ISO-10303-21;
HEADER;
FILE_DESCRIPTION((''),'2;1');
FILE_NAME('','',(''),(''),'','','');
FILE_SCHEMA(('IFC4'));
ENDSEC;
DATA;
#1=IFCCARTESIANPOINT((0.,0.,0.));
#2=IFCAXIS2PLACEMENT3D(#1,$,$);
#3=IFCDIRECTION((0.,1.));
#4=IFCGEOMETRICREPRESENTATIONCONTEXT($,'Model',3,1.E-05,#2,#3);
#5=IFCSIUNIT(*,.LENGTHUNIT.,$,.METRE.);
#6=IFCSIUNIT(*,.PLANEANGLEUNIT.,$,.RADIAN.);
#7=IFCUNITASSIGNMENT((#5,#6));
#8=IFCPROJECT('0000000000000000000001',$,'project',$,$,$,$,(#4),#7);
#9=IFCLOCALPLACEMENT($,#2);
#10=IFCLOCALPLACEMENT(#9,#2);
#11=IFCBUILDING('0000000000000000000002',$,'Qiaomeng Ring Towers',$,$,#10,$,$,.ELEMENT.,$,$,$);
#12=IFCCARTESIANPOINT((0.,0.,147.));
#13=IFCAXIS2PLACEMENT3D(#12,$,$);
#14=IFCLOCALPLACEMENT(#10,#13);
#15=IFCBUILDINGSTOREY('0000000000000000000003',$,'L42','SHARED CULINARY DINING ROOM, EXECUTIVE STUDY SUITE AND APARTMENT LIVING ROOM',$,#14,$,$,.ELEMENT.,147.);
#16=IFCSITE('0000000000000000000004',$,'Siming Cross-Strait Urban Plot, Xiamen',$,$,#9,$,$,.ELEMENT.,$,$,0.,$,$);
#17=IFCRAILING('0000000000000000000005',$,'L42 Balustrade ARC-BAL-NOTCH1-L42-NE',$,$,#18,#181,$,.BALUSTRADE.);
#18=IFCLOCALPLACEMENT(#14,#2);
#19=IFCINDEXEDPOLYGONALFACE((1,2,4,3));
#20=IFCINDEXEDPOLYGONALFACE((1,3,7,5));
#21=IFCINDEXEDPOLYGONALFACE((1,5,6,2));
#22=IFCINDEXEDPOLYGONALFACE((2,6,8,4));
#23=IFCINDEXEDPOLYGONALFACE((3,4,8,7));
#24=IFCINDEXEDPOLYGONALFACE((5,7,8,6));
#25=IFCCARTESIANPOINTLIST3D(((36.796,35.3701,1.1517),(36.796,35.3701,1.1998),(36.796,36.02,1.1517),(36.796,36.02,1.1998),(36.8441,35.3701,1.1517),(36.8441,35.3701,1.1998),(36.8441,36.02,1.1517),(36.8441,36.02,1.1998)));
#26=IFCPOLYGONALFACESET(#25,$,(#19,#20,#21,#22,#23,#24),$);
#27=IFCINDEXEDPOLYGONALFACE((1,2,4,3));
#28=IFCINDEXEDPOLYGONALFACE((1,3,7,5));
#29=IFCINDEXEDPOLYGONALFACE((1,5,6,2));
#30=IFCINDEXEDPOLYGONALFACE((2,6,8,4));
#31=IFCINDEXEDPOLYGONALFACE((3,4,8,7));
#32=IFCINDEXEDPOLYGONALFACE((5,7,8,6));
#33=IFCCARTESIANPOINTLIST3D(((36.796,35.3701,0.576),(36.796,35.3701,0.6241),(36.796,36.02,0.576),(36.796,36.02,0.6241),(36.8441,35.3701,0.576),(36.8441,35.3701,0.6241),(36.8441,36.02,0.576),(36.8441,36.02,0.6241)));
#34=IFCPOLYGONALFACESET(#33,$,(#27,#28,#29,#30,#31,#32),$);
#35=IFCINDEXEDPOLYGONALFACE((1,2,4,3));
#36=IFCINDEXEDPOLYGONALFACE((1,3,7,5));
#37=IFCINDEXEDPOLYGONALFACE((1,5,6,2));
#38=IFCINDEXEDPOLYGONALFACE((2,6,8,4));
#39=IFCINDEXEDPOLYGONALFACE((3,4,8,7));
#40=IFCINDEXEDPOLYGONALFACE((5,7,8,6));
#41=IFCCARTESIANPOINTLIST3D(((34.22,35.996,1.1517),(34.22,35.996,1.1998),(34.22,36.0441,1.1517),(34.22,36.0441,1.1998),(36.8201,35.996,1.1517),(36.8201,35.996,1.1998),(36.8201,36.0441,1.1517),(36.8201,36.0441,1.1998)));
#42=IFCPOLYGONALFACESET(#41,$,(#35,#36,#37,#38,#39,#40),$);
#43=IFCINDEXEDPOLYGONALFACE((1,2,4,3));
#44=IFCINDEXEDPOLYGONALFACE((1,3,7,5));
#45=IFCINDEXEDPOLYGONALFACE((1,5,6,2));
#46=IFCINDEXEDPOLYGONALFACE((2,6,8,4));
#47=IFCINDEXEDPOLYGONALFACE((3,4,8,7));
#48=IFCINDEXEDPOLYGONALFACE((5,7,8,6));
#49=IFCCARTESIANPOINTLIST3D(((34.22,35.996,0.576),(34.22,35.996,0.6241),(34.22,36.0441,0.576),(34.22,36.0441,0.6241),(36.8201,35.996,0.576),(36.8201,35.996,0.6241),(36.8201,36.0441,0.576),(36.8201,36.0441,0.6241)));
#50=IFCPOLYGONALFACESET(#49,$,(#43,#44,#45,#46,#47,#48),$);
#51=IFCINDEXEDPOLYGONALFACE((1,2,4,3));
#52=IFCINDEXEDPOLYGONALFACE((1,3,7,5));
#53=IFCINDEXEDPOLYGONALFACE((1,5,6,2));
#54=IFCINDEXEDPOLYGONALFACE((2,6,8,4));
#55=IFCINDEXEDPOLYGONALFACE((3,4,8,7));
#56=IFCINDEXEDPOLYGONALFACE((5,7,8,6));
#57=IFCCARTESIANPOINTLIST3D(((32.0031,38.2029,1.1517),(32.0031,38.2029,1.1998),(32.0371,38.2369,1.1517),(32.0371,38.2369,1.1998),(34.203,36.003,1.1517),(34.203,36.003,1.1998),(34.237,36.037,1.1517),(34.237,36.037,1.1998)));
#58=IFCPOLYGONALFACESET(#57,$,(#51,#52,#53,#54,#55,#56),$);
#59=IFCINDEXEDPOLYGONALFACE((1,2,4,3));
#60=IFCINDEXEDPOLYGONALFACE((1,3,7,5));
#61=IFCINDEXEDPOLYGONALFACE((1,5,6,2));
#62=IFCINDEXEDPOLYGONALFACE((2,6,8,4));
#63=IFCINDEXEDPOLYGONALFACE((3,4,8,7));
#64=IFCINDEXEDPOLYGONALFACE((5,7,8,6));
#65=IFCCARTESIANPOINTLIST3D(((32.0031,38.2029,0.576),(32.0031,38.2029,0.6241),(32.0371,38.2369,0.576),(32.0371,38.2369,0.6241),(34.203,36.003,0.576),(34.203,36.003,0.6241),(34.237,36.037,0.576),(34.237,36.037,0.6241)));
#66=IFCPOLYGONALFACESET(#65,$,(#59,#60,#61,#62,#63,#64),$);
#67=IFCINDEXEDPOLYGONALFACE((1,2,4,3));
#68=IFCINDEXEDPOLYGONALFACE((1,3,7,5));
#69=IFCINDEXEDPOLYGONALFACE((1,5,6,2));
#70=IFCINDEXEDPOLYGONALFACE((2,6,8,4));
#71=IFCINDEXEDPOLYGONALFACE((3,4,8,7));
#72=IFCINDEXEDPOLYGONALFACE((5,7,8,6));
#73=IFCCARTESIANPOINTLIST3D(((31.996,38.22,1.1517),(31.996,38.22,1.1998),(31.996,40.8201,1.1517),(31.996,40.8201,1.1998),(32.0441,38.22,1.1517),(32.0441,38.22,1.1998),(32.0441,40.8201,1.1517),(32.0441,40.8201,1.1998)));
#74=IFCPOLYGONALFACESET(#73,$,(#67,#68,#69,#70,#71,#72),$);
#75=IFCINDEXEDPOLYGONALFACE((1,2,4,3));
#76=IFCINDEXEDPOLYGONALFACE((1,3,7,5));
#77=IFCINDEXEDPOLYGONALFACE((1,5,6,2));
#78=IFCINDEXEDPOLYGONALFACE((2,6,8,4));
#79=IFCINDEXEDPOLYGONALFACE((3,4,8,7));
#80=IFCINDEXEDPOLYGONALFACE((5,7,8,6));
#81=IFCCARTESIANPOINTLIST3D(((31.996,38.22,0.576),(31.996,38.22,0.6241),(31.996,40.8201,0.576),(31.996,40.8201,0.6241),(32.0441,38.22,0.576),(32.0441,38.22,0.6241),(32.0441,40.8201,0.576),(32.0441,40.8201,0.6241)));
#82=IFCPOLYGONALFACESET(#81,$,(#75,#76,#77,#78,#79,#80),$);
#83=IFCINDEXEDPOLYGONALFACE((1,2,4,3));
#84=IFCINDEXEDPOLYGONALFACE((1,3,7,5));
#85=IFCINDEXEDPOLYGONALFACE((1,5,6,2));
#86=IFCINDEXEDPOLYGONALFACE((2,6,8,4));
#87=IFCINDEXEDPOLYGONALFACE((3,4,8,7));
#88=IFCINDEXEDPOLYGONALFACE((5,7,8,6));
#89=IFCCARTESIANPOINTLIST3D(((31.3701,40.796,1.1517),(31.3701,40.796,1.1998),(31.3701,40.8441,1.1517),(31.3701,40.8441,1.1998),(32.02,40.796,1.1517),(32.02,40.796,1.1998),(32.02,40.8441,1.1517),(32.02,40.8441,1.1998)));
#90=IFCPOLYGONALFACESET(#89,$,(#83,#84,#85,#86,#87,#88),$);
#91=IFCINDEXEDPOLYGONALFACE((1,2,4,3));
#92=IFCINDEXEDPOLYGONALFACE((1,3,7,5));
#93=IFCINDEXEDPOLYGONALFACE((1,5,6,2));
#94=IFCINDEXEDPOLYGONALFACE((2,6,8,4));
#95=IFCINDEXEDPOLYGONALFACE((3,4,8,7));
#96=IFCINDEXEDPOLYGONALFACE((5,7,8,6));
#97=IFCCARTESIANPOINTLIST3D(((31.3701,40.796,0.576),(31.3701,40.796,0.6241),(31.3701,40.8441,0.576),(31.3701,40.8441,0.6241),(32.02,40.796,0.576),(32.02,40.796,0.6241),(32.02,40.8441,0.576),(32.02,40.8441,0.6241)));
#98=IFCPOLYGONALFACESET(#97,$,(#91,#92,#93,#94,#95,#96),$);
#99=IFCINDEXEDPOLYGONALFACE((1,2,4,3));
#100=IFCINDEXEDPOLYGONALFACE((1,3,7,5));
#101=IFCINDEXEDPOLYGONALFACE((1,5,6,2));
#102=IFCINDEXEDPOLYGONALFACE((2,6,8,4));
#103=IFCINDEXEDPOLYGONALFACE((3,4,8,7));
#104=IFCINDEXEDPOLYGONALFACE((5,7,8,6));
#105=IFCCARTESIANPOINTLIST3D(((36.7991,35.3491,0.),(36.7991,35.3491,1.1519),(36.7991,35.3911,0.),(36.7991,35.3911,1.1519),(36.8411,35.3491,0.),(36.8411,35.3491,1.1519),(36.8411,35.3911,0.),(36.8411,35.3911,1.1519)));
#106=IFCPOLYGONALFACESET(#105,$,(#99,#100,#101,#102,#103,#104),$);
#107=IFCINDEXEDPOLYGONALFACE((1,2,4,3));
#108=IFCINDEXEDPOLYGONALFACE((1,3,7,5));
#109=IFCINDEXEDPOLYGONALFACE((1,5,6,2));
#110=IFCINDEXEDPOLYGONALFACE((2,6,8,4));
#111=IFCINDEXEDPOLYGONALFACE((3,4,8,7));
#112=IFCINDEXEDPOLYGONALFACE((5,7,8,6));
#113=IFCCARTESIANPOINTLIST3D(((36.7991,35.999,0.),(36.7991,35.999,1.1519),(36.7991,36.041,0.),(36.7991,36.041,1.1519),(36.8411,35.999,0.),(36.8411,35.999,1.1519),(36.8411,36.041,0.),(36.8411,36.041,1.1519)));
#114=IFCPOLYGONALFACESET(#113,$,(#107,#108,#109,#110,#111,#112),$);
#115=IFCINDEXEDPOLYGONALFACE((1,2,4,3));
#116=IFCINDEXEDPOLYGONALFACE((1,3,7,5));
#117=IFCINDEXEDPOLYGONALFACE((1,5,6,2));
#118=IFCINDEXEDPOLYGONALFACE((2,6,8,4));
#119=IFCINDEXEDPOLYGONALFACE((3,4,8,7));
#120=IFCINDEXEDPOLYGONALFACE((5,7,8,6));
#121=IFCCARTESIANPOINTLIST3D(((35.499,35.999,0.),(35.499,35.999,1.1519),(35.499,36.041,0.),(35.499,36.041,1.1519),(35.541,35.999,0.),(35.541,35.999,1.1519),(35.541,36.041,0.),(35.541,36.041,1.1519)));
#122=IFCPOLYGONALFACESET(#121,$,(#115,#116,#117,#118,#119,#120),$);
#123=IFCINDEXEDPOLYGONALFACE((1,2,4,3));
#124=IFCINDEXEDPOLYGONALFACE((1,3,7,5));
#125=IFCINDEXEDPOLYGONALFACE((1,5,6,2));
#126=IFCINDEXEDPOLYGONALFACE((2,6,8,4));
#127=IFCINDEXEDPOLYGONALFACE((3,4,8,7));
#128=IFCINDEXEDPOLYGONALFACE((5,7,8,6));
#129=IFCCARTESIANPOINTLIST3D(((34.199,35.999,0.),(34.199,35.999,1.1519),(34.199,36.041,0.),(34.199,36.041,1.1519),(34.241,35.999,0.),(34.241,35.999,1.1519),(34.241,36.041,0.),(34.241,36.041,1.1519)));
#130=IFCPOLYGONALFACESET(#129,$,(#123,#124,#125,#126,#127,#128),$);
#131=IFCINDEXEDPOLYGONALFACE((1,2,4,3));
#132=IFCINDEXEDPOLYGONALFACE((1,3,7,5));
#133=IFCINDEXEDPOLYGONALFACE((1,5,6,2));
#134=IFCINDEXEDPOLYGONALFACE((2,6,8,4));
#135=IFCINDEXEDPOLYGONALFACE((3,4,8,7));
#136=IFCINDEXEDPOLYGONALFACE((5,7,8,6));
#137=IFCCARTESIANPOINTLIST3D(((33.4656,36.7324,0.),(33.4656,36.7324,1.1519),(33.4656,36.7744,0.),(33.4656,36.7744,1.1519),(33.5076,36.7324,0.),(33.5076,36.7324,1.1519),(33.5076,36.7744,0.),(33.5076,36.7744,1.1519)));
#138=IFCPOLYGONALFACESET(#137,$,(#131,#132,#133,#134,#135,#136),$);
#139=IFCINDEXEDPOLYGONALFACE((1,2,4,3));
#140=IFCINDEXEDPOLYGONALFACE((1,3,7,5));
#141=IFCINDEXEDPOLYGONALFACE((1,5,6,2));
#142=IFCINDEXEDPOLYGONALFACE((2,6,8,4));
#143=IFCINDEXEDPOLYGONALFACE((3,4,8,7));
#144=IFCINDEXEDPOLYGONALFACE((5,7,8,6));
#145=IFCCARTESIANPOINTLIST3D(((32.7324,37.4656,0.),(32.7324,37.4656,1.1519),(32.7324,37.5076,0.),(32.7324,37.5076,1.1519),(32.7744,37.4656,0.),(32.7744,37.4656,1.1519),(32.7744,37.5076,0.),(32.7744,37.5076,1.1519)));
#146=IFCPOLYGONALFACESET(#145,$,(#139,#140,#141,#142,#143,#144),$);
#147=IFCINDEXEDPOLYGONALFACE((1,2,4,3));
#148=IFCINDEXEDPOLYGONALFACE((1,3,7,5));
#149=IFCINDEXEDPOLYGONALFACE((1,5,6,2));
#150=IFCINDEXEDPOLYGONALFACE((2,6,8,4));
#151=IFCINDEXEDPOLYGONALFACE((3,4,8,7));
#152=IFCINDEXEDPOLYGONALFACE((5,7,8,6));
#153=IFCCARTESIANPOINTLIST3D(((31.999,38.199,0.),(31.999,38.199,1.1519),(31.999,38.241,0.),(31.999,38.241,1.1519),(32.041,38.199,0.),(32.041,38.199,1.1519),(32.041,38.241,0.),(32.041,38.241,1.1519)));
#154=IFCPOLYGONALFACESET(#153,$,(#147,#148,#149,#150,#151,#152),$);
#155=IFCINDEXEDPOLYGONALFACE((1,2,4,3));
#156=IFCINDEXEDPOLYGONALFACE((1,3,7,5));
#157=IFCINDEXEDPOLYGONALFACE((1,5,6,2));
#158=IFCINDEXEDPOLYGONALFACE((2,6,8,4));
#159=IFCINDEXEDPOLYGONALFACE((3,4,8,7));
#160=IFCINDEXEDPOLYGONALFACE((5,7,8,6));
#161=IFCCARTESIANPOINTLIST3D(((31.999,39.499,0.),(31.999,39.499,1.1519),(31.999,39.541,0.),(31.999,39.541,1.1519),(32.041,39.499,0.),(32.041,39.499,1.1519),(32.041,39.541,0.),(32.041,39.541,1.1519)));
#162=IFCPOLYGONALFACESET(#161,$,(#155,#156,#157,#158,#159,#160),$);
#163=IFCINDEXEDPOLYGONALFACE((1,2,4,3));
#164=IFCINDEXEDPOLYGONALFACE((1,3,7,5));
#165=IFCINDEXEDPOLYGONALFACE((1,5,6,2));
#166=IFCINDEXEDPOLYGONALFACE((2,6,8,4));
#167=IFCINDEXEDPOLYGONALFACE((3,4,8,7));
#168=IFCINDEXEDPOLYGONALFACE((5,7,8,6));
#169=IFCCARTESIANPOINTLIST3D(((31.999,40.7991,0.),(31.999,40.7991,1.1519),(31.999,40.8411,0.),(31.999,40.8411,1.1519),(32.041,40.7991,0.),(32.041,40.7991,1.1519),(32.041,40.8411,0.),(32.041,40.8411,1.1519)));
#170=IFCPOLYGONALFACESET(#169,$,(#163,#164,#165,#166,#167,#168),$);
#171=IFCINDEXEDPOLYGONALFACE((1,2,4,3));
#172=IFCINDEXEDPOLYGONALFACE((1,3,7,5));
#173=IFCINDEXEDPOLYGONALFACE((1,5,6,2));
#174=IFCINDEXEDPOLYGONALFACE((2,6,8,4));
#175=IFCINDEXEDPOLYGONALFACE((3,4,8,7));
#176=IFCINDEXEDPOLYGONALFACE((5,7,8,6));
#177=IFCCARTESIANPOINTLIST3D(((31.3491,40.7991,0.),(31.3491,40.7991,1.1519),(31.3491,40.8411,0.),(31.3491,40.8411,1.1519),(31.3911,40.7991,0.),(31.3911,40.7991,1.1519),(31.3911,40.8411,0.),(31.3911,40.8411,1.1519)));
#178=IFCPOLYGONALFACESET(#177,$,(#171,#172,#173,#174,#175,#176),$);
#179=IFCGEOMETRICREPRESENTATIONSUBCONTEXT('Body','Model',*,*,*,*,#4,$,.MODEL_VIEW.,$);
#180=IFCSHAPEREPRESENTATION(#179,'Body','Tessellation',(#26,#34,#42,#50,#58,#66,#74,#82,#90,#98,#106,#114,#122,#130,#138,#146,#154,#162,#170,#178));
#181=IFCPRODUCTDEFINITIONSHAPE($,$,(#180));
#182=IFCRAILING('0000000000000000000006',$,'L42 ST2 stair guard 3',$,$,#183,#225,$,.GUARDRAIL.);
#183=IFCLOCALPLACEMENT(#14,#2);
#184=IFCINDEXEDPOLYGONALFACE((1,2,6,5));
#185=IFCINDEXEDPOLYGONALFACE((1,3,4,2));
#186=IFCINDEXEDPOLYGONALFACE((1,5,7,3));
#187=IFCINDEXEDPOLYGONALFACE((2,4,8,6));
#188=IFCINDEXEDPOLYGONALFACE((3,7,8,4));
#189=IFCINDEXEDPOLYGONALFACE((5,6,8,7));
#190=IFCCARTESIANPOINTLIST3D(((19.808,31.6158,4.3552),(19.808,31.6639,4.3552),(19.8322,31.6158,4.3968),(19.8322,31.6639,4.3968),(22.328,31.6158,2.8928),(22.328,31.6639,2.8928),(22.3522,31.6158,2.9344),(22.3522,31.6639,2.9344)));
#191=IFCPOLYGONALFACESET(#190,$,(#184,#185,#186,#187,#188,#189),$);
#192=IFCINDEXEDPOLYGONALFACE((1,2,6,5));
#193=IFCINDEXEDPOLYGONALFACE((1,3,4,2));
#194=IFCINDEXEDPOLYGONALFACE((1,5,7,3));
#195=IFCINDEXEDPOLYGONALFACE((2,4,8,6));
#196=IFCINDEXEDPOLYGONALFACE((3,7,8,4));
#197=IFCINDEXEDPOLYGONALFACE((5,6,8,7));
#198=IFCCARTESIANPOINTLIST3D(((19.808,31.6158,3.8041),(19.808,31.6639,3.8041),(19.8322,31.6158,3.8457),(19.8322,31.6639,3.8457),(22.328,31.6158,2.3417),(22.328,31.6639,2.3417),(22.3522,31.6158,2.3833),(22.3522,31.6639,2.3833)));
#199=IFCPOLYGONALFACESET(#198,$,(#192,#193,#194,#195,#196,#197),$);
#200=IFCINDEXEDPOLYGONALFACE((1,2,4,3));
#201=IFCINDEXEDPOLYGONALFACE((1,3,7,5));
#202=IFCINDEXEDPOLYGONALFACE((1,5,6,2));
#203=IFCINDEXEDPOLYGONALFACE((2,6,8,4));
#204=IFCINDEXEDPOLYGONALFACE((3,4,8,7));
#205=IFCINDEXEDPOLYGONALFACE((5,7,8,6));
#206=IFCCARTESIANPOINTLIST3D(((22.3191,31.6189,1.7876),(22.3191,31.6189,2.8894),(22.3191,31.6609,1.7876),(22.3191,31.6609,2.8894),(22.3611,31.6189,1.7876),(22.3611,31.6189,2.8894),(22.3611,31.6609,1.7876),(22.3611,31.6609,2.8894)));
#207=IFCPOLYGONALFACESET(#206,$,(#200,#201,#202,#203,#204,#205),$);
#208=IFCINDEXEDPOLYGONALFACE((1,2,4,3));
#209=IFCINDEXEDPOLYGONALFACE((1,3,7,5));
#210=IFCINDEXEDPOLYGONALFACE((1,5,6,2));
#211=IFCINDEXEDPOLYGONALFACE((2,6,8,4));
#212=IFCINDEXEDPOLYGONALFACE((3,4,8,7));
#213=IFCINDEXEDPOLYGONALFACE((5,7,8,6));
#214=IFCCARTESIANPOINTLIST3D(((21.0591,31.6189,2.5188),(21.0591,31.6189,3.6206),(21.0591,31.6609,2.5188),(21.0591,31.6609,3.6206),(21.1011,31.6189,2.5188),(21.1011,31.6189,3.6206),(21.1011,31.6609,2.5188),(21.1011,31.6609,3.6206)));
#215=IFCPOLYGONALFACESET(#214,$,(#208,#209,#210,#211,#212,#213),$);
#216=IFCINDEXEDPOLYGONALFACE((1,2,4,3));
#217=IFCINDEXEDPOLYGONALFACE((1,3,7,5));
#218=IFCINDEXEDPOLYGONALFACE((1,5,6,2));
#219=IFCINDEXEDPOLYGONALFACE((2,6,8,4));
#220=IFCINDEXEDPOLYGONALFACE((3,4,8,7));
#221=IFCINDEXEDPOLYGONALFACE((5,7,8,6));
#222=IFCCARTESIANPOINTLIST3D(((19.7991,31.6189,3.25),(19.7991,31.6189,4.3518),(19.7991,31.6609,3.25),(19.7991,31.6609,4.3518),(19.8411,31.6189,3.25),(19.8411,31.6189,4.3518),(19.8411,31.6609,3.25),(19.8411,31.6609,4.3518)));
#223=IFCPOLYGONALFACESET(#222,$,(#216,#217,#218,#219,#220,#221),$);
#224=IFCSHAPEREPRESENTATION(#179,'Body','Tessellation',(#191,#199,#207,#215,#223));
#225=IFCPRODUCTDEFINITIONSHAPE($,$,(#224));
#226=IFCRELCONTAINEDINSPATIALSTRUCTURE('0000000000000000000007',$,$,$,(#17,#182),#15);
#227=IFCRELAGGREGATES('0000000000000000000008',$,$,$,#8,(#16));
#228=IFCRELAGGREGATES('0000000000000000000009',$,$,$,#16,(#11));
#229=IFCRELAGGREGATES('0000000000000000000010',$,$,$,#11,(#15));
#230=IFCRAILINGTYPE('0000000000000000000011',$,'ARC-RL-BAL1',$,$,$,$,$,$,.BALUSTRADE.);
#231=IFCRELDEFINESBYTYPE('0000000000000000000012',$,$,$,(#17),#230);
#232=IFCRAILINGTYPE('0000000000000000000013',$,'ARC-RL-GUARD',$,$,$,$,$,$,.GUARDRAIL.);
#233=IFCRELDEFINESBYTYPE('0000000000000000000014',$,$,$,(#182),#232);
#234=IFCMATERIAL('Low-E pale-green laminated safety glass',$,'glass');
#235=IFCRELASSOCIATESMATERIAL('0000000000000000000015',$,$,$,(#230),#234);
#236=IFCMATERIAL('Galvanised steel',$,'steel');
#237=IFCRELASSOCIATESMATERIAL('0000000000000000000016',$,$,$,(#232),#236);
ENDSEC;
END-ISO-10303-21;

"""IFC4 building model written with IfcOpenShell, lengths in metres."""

from ifc_helpers import new_model, si_unit, direction, frame, origin, origin_2d, place, context, subcontext, project, spatial, rectangle, extrude, material, type_object, element, save


model = new_model("IFC4")

# Units and contexts
model_context = context("Model", 3, precision=1e-05, world=origin(), true_north=direction((0.0, 1.0)))
body_context = subcontext(model_context, "Body", "Model", "MODEL_VIEW")
ifc_project = project(units=[si_unit("LENGTHUNIT", "METRE"), si_unit("PLANEANGLEUNIT", "RADIAN")], contexts=[model_context])

# Site, building, storey
site_placement = place(None, origin())
site = spatial("IfcSite", under=ifc_project, at=site_placement, Name="Siming Cross-Strait Urban Plot, Xiamen", CompositionType="ELEMENT", RefElevation=0.0)
building_placement = place(site_placement, origin())
building = spatial("IfcBuilding", under=site, at=building_placement, Name="Qiaomeng Ring Towers", CompositionType="ELEMENT")
storey_placement = place(building_placement, frame((0.0, 0.0, 147.0)))
storey = spatial("IfcBuildingStorey", under=building, at=storey_placement, Name="L42", Description="SHARED CULINARY DINING ROOM, EXECUTIVE STUDY SUITE AND APARTMENT LIVING ROOM", CompositionType="ELEMENT", Elevation=147.0)

# Shared definitions
ifc_material_1 = material(Name="Galvanised steel", Category="steel")

# Railings
ifc_material_2 = material(Name="Low-E pale-green laminated safety glass", Category="glass")
railing_type_1 = type_object("IfcRailingType", Name="ARC-RL-BAL1", PredefinedType="BALUSTRADE", material=ifc_material_2)
railing_1_placement = place(storey_placement, frame((36.8201, 35.3701, 0.0)))
element("IfcRailing", 1, at=railing_1_placement, inside=storey, type_object=railing_type_1, Name="L42 Balustrade ARC-BAL-NOTCH1-L42-NE", PredefinedType="BALUSTRADE", context=body_context, shape_type="SweptSolid", body=[
    extrude(rectangle(XDim=0.0481, YDim=0.0481, at=origin_2d()), frame((0.0, 0.0, 1.1758), z_axis=(0.0, 1.0, 0.0), x_axis=(-1.0, 0.0, 0.0)), (0.0, 0.0, 1.0), 0.6499),
    extrude(rectangle(XDim=0.0481, YDim=0.0481, at=origin_2d()), frame((0.0, 0.0, 0.6001), z_axis=(0.0, 1.0, 0.0), x_axis=(-1.0, 0.0, 0.0)), (0.0, 0.0, 1.0), 0.6499),
    extrude(rectangle(XDim=0.0481, YDim=0.0481, at=origin_2d()), frame((0.0, 0.6499, 1.1758), z_axis=(-1.0, 0.0, 0.0), x_axis=(0.0, -1.0, 0.0)), (0.0, 0.0, 1.0), 2.6001),
    extrude(rectangle(XDim=0.0481, YDim=0.0481, at=origin_2d()), frame((0.0, 0.6499, 0.6001), z_axis=(-1.0, 0.0, 0.0), x_axis=(0.0, -1.0, 0.0)), (0.0, 0.0, 1.0), 2.6001),
    extrude(rectangle(XDim=0.0481, YDim=0.0481, at=origin_2d()), frame((-2.6001, 0.6499, 1.1758), z_axis=(-0.707107, 0.707107, 0.0), x_axis=(-0.707107, -0.707107, 0.0)), (0.0, 0.0, 1.0), 3.1111),
    extrude(rectangle(XDim=0.0481, YDim=0.0481, at=origin_2d()), frame((-2.6001, 0.6499, 0.6001), z_axis=(-0.707107, 0.707107, 0.0), x_axis=(-0.707107, -0.707107, 0.0)), (0.0, 0.0, 1.0), 3.1111),
    extrude(rectangle(XDim=0.0481, YDim=0.0481, at=origin_2d()), frame((-4.8, 2.8499, 1.1758), z_axis=(0.0, 1.0, 0.0), x_axis=(-1.0, 0.0, 0.0)), (0.0, 0.0, 1.0), 2.6001),
    extrude(rectangle(XDim=0.0481, YDim=0.0481, at=origin_2d()), frame((-4.8, 2.8499, 0.6001), z_axis=(0.0, 1.0, 0.0), x_axis=(-1.0, 0.0, 0.0)), (0.0, 0.0, 1.0), 2.6001),
    extrude(rectangle(XDim=0.0481, YDim=0.0481, at=origin_2d()), frame((-4.8, 5.45, 1.1758), z_axis=(-1.0, 0.0, 0.0), x_axis=(0.0, -1.0, 0.0)), (0.0, 0.0, 1.0), 0.6499),
    extrude(rectangle(XDim=0.0481, YDim=0.0481, at=origin_2d()), frame((-4.8, 5.45, 0.6001), z_axis=(-1.0, 0.0, 0.0), x_axis=(0.0, -1.0, 0.0)), (0.0, 0.0, 1.0), 0.6499),
    extrude(rectangle(XDim=0.042, YDim=0.042, at=origin_2d()), origin(), (0.0, 0.0, 1.0), 1.1519),
    extrude(rectangle(XDim=0.042, YDim=0.042, at=origin_2d()), frame((0.0, 0.6499, 0.0)), (0.0, 0.0, 1.0), 1.1519),
    extrude(rectangle(XDim=0.042, YDim=0.042, at=origin_2d()), frame((-1.3, 0.6499, 0.0)), (0.0, 0.0, 1.0), 1.1519),
    extrude(rectangle(XDim=0.042, YDim=0.042, at=origin_2d()), frame((-2.6001, 0.6499, 0.0)), (0.0, 0.0, 1.0), 1.1519),
    extrude(rectangle(XDim=0.042, YDim=0.042, at=origin_2d()), frame((-3.3335, 1.3833, 0.0)), (0.0, 0.0, 1.0), 1.1519),
    extrude(rectangle(XDim=0.042, YDim=0.042, at=origin_2d()), frame((-4.0667, 2.1165, 0.0)), (0.0, 0.0, 1.0), 1.1519),
    extrude(rectangle(XDim=0.042, YDim=0.042, at=origin_2d()), frame((-4.8, 2.8499, 0.0)), (0.0, 0.0, 1.0), 1.1519),
    extrude(rectangle(XDim=0.042, YDim=0.042, at=origin_2d()), frame((-4.8, 4.1499, 0.0)), (0.0, 0.0, 1.0), 1.1519),
    extrude(rectangle(XDim=0.042, YDim=0.042, at=origin_2d()), frame((-4.8, 5.45, 0.0)), (0.0, 0.0, 1.0), 1.1519),
    extrude(rectangle(XDim=0.042, YDim=0.042, at=origin_2d()), frame((-5.45, 5.45, 0.0)), (0.0, 0.0, 1.0), 1.1519),
])
railing_type_2 = type_object("IfcRailingType", Name="ARC-RL-GUARD", PredefinedType="GUARDRAIL", material=ifc_material_1)
railing_2_placement = place(storey_placement, frame((22.3401, 31.6399, 1.7876)))
element("IfcRailing", 2, at=railing_2_placement, inside=storey, type_object=railing_type_2, Name="L42 ST2 stair guard 3", PredefinedType="GUARDRAIL", context=body_context, shape_type="SweptSolid", body=[
    extrude(rectangle(XDim=0.0481, YDim=0.0481, at=origin_2d()), frame((0.0, 0.0, 1.126), z_axis=(-0.864913, 0.0, 0.501921), x_axis=(0.0, -1.0, 0.0)), (0.0, 0.0, 1.0), 2.9136),
    extrude(rectangle(XDim=0.0481, YDim=0.0481, at=origin_2d()), frame((0.0, 0.0, 0.575), z_axis=(-0.864913, 0.0, 0.501921), x_axis=(0.0, -1.0, 0.0)), (0.0, 0.0, 1.0), 2.9136),
    extrude(rectangle(XDim=0.042, YDim=0.042, at=origin_2d()), origin(), (0.0, 0.0, 1.0), 1.1018),
    extrude(rectangle(XDim=0.042, YDim=0.042, at=origin_2d()), frame((-1.26, 0.0, 0.7312)), (0.0, 0.0, 1.0), 1.1018),
    extrude(rectangle(XDim=0.042, YDim=0.042, at=origin_2d()), frame((-2.52, 0.0, 1.4624)), (0.0, 0.0, 1.0), 1.1018),
])

save(model, "model.ifc")
